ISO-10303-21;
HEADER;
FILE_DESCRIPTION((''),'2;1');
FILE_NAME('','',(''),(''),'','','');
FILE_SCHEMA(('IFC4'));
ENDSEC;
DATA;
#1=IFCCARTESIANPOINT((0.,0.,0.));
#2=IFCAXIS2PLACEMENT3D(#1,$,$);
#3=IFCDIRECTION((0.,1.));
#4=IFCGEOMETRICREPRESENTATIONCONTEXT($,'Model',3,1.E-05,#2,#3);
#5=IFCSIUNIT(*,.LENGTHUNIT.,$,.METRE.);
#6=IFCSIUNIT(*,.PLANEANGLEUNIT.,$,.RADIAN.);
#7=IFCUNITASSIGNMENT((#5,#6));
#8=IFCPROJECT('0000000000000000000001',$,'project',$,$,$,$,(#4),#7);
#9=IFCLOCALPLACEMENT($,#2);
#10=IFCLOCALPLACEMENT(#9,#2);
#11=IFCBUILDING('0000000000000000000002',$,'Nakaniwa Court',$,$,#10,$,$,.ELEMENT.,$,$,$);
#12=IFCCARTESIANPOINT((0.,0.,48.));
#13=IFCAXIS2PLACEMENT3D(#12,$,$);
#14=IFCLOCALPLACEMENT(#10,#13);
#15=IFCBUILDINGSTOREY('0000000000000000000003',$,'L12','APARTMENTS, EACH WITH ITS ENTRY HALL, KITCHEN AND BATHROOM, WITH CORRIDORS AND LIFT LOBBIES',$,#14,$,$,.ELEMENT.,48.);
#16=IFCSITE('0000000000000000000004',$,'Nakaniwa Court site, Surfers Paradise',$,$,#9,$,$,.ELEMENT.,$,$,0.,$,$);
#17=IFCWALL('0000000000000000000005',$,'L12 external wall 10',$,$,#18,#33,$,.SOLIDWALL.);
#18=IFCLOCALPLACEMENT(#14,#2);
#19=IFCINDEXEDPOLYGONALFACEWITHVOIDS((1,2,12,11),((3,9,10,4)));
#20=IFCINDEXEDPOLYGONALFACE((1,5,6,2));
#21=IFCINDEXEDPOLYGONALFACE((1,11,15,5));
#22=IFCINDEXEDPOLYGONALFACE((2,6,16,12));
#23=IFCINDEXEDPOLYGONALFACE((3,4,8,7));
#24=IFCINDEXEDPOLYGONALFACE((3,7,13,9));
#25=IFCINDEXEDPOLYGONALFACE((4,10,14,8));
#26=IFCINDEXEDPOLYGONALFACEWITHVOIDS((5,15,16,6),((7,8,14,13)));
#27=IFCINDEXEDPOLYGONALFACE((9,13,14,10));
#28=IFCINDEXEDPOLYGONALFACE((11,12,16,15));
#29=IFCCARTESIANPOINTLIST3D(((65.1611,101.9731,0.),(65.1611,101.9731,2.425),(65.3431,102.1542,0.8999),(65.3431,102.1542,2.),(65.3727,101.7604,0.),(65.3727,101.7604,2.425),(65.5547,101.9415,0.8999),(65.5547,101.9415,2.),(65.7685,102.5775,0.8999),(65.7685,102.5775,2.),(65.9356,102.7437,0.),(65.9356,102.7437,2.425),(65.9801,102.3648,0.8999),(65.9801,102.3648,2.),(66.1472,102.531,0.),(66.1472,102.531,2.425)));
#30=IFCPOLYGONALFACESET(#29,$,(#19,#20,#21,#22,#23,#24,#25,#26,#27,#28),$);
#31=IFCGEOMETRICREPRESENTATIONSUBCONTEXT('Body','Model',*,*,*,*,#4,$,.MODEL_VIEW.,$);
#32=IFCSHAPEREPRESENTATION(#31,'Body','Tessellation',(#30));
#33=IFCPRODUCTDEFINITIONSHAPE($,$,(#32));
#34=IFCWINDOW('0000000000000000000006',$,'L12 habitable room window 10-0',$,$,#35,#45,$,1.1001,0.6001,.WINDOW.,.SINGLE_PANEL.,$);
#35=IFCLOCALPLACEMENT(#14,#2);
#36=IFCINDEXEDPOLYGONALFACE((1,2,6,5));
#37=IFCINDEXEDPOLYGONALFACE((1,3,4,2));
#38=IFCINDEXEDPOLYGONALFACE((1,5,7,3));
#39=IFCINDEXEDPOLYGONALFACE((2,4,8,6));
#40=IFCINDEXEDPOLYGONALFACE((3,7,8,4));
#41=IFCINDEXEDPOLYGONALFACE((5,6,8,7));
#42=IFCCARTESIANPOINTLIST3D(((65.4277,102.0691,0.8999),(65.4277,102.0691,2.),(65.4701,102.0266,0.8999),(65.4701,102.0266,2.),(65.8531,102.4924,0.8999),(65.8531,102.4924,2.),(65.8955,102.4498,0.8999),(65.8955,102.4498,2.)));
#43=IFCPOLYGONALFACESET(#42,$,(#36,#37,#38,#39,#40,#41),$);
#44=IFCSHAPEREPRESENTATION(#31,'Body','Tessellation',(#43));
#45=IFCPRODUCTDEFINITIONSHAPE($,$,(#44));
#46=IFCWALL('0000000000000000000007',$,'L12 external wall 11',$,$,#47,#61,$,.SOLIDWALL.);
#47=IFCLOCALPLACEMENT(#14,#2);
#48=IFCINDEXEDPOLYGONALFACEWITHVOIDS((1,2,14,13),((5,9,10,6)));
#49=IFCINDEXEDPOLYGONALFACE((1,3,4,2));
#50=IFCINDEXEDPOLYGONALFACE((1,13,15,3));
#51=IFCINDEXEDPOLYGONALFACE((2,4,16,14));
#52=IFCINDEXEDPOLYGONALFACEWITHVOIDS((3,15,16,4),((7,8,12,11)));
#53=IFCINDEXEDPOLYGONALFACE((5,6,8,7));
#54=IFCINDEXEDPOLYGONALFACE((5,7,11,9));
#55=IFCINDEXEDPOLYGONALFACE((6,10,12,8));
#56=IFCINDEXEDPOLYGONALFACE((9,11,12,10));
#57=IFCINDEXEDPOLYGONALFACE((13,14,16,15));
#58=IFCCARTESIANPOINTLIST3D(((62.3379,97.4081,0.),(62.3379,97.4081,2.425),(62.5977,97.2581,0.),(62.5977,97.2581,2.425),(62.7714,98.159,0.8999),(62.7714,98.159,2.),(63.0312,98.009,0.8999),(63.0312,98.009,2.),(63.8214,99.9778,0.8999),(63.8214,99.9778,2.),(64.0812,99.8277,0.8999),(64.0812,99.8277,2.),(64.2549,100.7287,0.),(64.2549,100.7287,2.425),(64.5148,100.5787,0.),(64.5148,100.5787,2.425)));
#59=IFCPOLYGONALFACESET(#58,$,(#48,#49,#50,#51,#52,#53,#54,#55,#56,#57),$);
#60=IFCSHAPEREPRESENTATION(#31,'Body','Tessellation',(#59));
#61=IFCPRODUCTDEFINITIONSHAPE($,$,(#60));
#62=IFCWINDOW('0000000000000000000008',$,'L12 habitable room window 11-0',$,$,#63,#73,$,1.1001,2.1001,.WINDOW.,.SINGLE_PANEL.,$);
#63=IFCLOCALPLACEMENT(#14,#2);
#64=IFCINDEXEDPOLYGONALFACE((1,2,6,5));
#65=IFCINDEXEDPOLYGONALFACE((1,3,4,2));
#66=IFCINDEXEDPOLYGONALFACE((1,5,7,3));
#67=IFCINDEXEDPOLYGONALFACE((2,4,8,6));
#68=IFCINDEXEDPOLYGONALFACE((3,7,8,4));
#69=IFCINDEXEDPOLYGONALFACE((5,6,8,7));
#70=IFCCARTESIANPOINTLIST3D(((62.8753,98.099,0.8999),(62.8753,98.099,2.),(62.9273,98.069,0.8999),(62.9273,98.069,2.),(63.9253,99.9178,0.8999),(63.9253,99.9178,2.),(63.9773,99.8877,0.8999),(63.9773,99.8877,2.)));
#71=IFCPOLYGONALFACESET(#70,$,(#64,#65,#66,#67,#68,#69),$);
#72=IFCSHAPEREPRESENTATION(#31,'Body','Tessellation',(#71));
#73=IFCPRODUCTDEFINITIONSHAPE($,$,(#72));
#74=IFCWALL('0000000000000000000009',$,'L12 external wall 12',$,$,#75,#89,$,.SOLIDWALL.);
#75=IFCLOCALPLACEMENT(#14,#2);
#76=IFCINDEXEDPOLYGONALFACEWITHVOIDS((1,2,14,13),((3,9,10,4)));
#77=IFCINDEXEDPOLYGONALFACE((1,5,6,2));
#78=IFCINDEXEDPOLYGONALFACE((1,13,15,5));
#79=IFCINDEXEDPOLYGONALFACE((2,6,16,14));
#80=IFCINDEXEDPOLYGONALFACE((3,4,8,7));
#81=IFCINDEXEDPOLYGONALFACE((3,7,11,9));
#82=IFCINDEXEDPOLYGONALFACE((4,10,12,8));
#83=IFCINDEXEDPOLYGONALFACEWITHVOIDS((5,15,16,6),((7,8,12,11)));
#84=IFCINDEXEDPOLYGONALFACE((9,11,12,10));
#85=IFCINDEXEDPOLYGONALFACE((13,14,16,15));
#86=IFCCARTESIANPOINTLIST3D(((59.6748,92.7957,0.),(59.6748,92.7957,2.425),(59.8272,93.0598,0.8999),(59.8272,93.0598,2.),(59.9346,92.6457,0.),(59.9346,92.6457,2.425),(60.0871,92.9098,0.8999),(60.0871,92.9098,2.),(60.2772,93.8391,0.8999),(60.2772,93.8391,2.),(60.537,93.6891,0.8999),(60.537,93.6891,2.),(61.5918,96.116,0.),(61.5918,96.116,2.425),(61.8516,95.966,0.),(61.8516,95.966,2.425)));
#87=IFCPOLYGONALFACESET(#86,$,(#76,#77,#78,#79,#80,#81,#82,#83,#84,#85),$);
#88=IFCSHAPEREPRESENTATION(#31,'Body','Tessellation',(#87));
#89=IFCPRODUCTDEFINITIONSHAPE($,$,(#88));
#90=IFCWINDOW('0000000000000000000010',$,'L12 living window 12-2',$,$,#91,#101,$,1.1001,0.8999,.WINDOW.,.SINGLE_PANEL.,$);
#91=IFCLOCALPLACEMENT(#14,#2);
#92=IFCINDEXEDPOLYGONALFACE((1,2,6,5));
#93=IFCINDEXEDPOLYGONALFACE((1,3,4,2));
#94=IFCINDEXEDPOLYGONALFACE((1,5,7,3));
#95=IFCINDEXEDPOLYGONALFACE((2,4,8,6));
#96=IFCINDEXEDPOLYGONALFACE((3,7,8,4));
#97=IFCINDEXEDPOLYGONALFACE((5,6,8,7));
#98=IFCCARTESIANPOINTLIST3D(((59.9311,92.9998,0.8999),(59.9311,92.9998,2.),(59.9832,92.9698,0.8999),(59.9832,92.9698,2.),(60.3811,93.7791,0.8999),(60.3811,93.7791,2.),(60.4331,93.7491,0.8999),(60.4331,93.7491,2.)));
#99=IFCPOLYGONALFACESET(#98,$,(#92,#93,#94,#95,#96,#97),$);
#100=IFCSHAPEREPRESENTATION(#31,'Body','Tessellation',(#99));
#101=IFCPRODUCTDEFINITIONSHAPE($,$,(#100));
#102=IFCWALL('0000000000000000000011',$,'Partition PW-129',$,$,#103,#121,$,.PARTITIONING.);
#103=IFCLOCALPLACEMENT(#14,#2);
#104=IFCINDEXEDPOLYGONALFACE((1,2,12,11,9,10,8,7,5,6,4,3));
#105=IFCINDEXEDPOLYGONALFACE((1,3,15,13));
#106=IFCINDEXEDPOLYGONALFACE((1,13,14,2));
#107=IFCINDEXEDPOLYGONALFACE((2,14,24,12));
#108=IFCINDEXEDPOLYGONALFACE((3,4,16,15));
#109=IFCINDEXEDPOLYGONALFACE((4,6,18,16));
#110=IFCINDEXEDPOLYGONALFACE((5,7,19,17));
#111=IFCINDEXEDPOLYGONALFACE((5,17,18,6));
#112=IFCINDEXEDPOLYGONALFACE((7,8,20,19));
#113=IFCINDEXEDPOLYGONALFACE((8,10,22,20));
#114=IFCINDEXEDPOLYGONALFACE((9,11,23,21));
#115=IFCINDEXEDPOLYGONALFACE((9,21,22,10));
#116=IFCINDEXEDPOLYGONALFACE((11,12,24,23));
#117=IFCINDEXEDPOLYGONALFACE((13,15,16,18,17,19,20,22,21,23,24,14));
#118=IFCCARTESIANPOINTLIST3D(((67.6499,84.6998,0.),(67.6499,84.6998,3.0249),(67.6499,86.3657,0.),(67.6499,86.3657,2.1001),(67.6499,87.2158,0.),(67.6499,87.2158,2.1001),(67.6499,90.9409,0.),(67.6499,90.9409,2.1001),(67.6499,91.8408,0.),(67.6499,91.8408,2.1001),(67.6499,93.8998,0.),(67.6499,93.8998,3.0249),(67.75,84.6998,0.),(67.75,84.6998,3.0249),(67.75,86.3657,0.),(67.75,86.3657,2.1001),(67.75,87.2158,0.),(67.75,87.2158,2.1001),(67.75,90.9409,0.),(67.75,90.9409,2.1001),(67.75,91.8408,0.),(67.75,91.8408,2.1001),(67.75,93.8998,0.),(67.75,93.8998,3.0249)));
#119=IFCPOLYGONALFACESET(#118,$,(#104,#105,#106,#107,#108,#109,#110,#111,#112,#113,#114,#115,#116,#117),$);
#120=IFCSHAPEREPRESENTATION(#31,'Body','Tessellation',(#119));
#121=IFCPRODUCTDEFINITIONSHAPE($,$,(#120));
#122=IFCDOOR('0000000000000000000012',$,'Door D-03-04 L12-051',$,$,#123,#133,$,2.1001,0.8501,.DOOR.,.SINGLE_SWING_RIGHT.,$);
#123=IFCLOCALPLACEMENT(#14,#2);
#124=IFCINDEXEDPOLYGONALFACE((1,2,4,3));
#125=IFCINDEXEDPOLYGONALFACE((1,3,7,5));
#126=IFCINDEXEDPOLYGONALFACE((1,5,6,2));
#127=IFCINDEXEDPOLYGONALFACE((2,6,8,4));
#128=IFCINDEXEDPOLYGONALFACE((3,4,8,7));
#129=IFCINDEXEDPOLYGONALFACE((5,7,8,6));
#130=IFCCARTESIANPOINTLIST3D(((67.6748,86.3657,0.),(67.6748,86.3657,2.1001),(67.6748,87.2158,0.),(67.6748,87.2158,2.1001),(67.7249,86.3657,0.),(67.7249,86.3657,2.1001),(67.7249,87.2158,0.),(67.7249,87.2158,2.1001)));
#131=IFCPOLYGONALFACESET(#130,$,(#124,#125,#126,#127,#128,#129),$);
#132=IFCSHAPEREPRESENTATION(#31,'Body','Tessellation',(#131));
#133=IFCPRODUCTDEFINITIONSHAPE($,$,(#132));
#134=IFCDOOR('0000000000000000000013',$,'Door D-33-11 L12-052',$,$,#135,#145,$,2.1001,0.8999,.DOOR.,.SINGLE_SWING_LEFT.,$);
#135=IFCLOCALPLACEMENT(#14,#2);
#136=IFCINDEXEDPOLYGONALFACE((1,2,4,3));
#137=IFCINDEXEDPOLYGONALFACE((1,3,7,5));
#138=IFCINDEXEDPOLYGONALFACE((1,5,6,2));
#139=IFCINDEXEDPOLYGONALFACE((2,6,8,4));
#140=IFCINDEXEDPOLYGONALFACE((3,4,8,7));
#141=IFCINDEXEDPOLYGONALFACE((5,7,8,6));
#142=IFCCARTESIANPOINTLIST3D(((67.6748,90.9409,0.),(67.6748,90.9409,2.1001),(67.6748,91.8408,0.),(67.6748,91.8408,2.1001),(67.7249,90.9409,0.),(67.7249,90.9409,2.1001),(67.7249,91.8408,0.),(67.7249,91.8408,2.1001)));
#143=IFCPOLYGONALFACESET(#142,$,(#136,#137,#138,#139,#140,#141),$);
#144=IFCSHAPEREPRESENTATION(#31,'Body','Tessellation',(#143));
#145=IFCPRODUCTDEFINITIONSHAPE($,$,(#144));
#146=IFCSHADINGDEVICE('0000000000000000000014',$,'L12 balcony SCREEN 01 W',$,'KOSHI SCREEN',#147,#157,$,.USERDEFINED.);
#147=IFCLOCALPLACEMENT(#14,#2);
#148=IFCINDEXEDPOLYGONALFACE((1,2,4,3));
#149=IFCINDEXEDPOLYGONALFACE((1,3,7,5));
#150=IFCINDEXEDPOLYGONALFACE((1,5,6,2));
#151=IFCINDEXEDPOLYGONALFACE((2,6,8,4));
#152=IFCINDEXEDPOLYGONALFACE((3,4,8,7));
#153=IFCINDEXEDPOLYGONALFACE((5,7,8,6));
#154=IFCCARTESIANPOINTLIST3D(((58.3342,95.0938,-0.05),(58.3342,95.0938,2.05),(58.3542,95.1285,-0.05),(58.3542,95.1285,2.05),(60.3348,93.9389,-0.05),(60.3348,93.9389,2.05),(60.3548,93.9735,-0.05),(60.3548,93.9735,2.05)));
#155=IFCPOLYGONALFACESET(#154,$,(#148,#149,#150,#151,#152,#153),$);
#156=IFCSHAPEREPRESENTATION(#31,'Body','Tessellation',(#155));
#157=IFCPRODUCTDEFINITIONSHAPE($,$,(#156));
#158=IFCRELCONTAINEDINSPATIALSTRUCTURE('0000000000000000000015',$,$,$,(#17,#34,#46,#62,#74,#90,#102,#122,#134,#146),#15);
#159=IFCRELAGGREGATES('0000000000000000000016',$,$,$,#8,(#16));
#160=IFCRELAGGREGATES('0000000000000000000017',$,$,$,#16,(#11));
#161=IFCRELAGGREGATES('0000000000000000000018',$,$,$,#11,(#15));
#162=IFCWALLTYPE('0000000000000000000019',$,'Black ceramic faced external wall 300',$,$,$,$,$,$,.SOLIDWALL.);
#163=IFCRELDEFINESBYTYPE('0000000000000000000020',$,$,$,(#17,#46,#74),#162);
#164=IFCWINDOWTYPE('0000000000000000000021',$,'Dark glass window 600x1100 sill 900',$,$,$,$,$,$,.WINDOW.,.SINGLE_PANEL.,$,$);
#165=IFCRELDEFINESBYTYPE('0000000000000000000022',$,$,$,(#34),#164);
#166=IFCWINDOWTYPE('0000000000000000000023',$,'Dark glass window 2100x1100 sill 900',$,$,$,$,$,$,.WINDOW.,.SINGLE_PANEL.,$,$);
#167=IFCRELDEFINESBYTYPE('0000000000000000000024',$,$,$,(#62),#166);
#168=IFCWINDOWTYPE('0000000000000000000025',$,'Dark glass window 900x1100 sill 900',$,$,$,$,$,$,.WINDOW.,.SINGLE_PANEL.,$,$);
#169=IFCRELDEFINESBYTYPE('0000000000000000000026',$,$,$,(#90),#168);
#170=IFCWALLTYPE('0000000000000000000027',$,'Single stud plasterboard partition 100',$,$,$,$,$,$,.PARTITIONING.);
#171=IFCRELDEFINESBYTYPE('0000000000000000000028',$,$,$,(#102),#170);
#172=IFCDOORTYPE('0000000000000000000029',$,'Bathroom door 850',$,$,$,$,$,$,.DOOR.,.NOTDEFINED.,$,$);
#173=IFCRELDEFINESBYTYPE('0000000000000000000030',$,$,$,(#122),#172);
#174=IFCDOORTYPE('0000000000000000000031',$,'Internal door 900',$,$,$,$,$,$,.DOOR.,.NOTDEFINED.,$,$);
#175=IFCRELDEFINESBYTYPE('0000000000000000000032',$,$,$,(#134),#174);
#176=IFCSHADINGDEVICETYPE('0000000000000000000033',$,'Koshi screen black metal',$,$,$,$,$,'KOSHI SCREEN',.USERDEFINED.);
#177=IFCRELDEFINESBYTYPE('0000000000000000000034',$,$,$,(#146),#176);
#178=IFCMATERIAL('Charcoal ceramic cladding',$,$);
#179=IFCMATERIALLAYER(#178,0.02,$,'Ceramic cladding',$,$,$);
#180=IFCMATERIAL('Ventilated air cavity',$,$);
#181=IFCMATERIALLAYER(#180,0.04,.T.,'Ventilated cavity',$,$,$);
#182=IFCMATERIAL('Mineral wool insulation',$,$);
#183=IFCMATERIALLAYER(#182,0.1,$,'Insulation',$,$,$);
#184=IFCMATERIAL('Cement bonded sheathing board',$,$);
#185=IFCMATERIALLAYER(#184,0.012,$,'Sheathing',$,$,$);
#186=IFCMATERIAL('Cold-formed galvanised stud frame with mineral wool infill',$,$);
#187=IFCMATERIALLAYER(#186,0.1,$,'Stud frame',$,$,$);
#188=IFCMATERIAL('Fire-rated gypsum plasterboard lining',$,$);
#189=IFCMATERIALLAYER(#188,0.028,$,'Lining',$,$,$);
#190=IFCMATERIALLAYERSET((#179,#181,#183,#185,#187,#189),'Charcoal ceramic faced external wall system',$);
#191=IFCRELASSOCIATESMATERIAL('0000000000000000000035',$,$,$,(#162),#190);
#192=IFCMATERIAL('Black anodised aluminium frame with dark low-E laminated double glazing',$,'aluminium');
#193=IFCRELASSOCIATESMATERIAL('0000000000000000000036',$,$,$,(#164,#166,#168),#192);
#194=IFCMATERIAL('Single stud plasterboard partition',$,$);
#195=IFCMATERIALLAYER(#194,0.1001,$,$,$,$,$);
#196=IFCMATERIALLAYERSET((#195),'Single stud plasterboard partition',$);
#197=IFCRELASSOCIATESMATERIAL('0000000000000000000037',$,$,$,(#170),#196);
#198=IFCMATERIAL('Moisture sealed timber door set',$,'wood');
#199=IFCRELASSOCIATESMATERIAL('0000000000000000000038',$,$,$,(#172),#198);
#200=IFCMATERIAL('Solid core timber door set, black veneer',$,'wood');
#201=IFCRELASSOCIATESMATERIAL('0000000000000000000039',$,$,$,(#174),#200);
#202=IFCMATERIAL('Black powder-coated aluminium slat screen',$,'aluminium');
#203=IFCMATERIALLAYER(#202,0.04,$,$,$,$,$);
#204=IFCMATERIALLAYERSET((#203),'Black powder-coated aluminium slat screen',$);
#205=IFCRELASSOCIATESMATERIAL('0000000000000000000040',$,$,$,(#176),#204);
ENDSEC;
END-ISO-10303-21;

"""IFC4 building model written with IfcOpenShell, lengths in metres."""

from ifc_helpers import new_model, si_unit, direction, frame, frame_2d, origin, origin_2d, place, context, subcontext, project, spatial, rectangle, extrude, material, layer, layer_set, type_object, element, fill, save


model = new_model("IFC4")

# Units and contexts
model_context = context("Model", 3, precision=1e-05, world=origin(), true_north=direction((0.0, 1.0)))
body_context = subcontext(model_context, "Body", "Model", "MODEL_VIEW")
ifc_project = project(units=[si_unit("LENGTHUNIT", "METRE"), si_unit("PLANEANGLEUNIT", "RADIAN")], contexts=[model_context])

# Site, building, storey
site_placement = place(None, origin())
site = spatial("IfcSite", under=ifc_project, at=site_placement, Name="Nakaniwa Court site, Surfers Paradise", CompositionType="ELEMENT", RefElevation=0.0)
building_placement = place(site_placement, origin())
building = spatial("IfcBuilding", under=site, at=building_placement, Name="Nakaniwa Court", CompositionType="ELEMENT")
storey_placement = place(building_placement, frame((0.0, 0.0, 48.0)))
storey = spatial("IfcBuildingStorey", under=building, at=storey_placement, Name="L12", Description="APARTMENTS, EACH WITH ITS ENTRY HALL, KITCHEN AND BATHROOM, WITH CORRIDORS AND LIFT LOBBIES", CompositionType="ELEMENT", Elevation=48.0)

# Walls, openings, windows
ifc_material_1 = material(Name="Charcoal ceramic cladding")
ifc_layer_1 = layer(ifc_material_1, 0.02, Name="Ceramic cladding")
ifc_material_2 = material(Name="Ventilated air cavity")
ifc_layer_2 = layer(ifc_material_2, 0.04, ventilated=True, Name="Ventilated cavity")
ifc_material_3 = material(Name="Mineral wool insulation")
ifc_layer_3 = layer(ifc_material_3, 0.1, Name="Insulation")
ifc_material_4 = material(Name="Cement bonded sheathing board")
ifc_layer_4 = layer(ifc_material_4, 0.012, Name="Sheathing")
ifc_material_5 = material(Name="Cold-formed galvanised stud frame with mineral wool infill")
ifc_layer_5 = layer(ifc_material_5, 0.1, Name="Stud frame")
ifc_material_6 = material(Name="Fire-rated gypsum plasterboard lining")
ifc_layer_6 = layer(ifc_material_6, 0.028, Name="Lining")
ifc_layer_set_1 = layer_set([ifc_layer_1, ifc_layer_2, ifc_layer_3, ifc_layer_4, ifc_layer_5, ifc_layer_6], Name="Charcoal ceramic faced external wall system")
wall_type_1 = type_object("IfcWallType", Name="Black ceramic faced external wall 300", PredefinedType="SOLIDWALL", material=ifc_layer_set_1)
ifc_material_7 = material(Name="Black anodised aluminium frame with dark low-E laminated double glazing", Category="aluminium")
window_type_1 = type_object("IfcWindowType", Name="Dark glass window 600x1100 sill 900", PartitioningType="SINGLE_PANEL", PredefinedType="WINDOW", material=ifc_material_7)
wall_1_placement = place(storey_placement, frame((66.0415, 102.6375, 0.0), z_axis=(0.0, 0.0, 1.0), x_axis=(-0.708892, -0.705317, 0.0)))
wall_1 = element("IfcWall", 1, at=wall_1_placement, inside=storey, type_object=wall_type_1, Name="L12 external wall 10", PredefinedType="SOLIDWALL", context=body_context, shape_type="SweptSolid", body=[
    extrude(rectangle(XDim=1.0925, YDim=0.3, at=frame_2d((0.5464, 0.0))), origin(), (0.0, 0.0, 1.0), 2.425),
])
opening_1_placement = place(wall_1_placement, frame((0.2358, 0.0, 0.8999)))
opening_1 = element("IfcOpeningElement", 2, at=opening_1_placement, cuts=wall_1, PredefinedType="OPENING", context=body_context, shape_type="SweptSolid", body=[
    extrude(rectangle(XDim=0.6001, YDim=1.1001, at=frame_2d((0.3, 0.55))), frame((0.0, 0.1599, 0.0), z_axis=(0.0, -1.0, 0.0), x_axis=(1.0, 0.0, 0.0)), (0.0, 0.0, 1.0), 0.3201),
])
window_1_placement = place(opening_1_placement, origin())
window_1 = element("IfcWindow", 3, at=window_1_placement, inside=storey, type_object=window_type_1, Name="L12 habitable room window 10-0", OverallHeight=1.1001, OverallWidth=0.6001, PartitioningType="SINGLE_PANEL", PredefinedType="WINDOW", context=body_context, shape_type="SweptSolid", body=[
    extrude(rectangle(XDim=0.6001, YDim=1.1001, at=frame_2d((0.3, 0.55))), frame((0.0, 0.03, 0.0), z_axis=(0.0, -1.0, 0.0), x_axis=(1.0, 0.0, 0.0)), (0.0, 0.0, 1.0), 0.0601),
])
fill(opening_1, window_1)
wall_2_placement = place(storey_placement, frame((64.3848, 100.6536, 0.0), z_axis=(0.0, 0.0, 1.0), x_axis=(-0.499974, -0.86604, 0.0)))
wall_2 = element("IfcWall", 4, at=wall_2_placement, inside=storey, type_object=wall_type_1, Name="L12 external wall 11", PredefinedType="SOLIDWALL", context=body_context, shape_type="SweptSolid", body=[
    extrude(rectangle(XDim=3.8342, YDim=0.3, at=frame_2d((1.917, 0.0))), origin(), (0.0, 0.0, 1.0), 2.425),
])
opening_2_placement = place(wall_2_placement, frame((0.8669, 0.0, 0.8999)))
opening_2 = element("IfcOpeningElement", 5, at=opening_2_placement, cuts=wall_2, PredefinedType="OPENING", context=body_context, shape_type="SweptSolid", body=[
    extrude(rectangle(XDim=2.1001, YDim=1.1001, at=frame_2d((1.05, 0.55))), frame((0.0, 0.1599, 0.0), z_axis=(0.0, -1.0, 0.0), x_axis=(1.0, 0.0, 0.0)), (0.0, 0.0, 1.0), 0.3201),
])
window_type_2 = type_object("IfcWindowType", Name="Dark glass window 2100x1100 sill 900", PartitioningType="SINGLE_PANEL", PredefinedType="WINDOW", material=ifc_material_7)
window_2_placement = place(opening_2_placement, origin())
window_2 = element("IfcWindow", 6, at=window_2_placement, inside=storey, type_object=window_type_2, Name="L12 habitable room window 11-0", OverallHeight=1.1001, OverallWidth=2.1001, PartitioningType="SINGLE_PANEL", PredefinedType="WINDOW", context=body_context, shape_type="SweptSolid", body=[
    extrude(rectangle(XDim=2.1001, YDim=1.1001, at=frame_2d((1.05, 0.55))), frame((0.0, 0.03, 0.0), z_axis=(0.0, -1.0, 0.0), x_axis=(1.0, 0.0, 0.0)), (0.0, 0.0, 1.0), 0.0601),
])
fill(opening_2, window_2)
wall_3_placement = place(storey_placement, frame((61.7217, 96.041, 0.0), z_axis=(0.0, 0.0, 1.0), x_axis=(-0.500002, -0.866024, 0.0)))
wall_3 = element("IfcWall", 7, at=wall_3_placement, inside=storey, type_object=wall_type_1, Name="L12 external wall 12", PredefinedType="SOLIDWALL", context=body_context, shape_type="SweptSolid", body=[
    extrude(rectangle(XDim=3.834, YDim=0.3, at=frame_2d((1.917, 0.0))), origin(), (0.0, 0.0, 1.0), 2.425),
])
opening_3_placement = place(wall_3_placement, frame((2.6292, 0.0, 0.8999)))
opening_3 = element("IfcOpeningElement", 8, at=opening_3_placement, cuts=wall_3, PredefinedType="OPENING", context=body_context, shape_type="SweptSolid", body=[
    extrude(rectangle(XDim=0.8999, YDim=1.1001, at=frame_2d((0.45, 0.55))), frame((0.0, 0.1599, 0.0), z_axis=(0.0, -1.0, 0.0), x_axis=(1.0, 0.0, 0.0)), (0.0, 0.0, 1.0), 0.3201),
])
window_type_3 = type_object("IfcWindowType", Name="Dark glass window 900x1100 sill 900", PartitioningType="SINGLE_PANEL", PredefinedType="WINDOW", material=ifc_material_7)
window_3_placement = place(opening_3_placement, origin())
window_3 = element("IfcWindow", 9, at=window_3_placement, inside=storey, type_object=window_type_3, Name="L12 living window 12-2", OverallHeight=1.1001, OverallWidth=0.8999, PartitioningType="SINGLE_PANEL", PredefinedType="WINDOW", context=body_context, shape_type="SweptSolid", body=[
    extrude(rectangle(XDim=0.8999, YDim=1.1001, at=frame_2d((0.45, 0.55))), frame((0.0, 0.03, 0.0), z_axis=(0.0, -1.0, 0.0), x_axis=(1.0, 0.0, 0.0)), (0.0, 0.0, 1.0), 0.0601),
])
fill(opening_3, window_3)

# Wall, openings, doors
ifc_material_8 = material(Name="Single stud plasterboard partition")
ifc_layer_7 = layer(ifc_material_8, 0.1001)
ifc_layer_set_2 = layer_set([ifc_layer_7], Name="Single stud plasterboard partition")
wall_type_2 = type_object("IfcWallType", Name="Single stud plasterboard partition 100", PredefinedType="PARTITIONING", material=ifc_layer_set_2)
wall_4_placement = place(storey_placement, frame((67.7, 93.8999, 0.0), z_axis=(0.0, 0.0, 1.0), x_axis=(0.0, -1.0, 0.0)))
wall_4 = element("IfcWall", 10, at=wall_4_placement, inside=storey, type_object=wall_type_2, Name="Partition PW-129", PredefinedType="PARTITIONING", context=body_context, shape_type="SweptSolid", body=[
    extrude(rectangle(XDim=9.2, YDim=0.1001, at=frame_2d((4.6001, 0.0))), origin(), (0.0, 0.0, 1.0), 3.0249),
])
opening_4_placement = place(wall_4_placement, frame((6.6841, 0.0, 0.0)))
opening_4 = element("IfcOpeningElement", 11, at=opening_4_placement, cuts=wall_4, PredefinedType="OPENING", context=body_context, shape_type="SweptSolid", body=[
    extrude(rectangle(XDim=0.8501, YDim=2.1001, at=frame_2d((0.425, 1.05))), frame((0.0, 0.0601, 0.0), z_axis=(0.0, -1.0, 0.0), x_axis=(1.0, 0.0, 0.0)), (0.0, 0.0, 1.0), 0.1201),
])
opening_5_placement = place(wall_4_placement, frame((2.0591, 0.0, 0.0)))
opening_5 = element("IfcOpeningElement", 12, at=opening_5_placement, cuts=wall_4, PredefinedType="OPENING", context=body_context, shape_type="SweptSolid", body=[
    extrude(rectangle(XDim=0.8999, YDim=2.1001, at=frame_2d((0.45, 1.05))), frame((0.0, 0.0601, 0.0), z_axis=(0.0, -1.0, 0.0), x_axis=(1.0, 0.0, 0.0)), (0.0, 0.0, 1.0), 0.1201),
])
ifc_material_9 = material(Name="Moisture sealed timber door set", Category="wood")
door_type_1 = type_object("IfcDoorType", Name="Bathroom door 850", OperationType="NOTDEFINED", PredefinedType="DOOR", material=ifc_material_9)
door_1_placement = place(opening_4_placement, origin())
door_1 = element("IfcDoor", 13, at=door_1_placement, inside=storey, type_object=door_type_1, Name="Door D-03-04 L12-051", OperationType="SINGLE_SWING_RIGHT", OverallHeight=2.1001, OverallWidth=0.8501, PredefinedType="DOOR", context=body_context, shape_type="SweptSolid", body=[
    extrude(rectangle(XDim=0.8501, YDim=2.1001, at=frame_2d((0.425, 1.05))), frame((0.0, 0.0249, 0.0), z_axis=(0.0, -1.0, 0.0), x_axis=(1.0, 0.0, 0.0)), (0.0, 0.0, 1.0), 0.05),
])
fill(opening_4, door_1)
ifc_material_10 = material(Name="Solid core timber door set, black veneer", Category="wood")
door_type_2 = type_object("IfcDoorType", Name="Internal door 900", OperationType="NOTDEFINED", PredefinedType="DOOR", material=ifc_material_10)
door_2_placement = place(opening_5_placement, origin())
door_2 = element("IfcDoor", 14, at=door_2_placement, inside=storey, type_object=door_type_2, Name="Door D-33-11 L12-052", OperationType="SINGLE_SWING_LEFT", OverallHeight=2.1001, OverallWidth=0.8999, PredefinedType="DOOR", context=body_context, shape_type="SweptSolid", body=[
    extrude(rectangle(XDim=0.8999, YDim=2.1001, at=frame_2d((0.45, 1.05))), frame((0.0, 0.0249, 0.0), z_axis=(0.0, -1.0, 0.0), x_axis=(1.0, 0.0, 0.0)), (0.0, 0.0, 1.0), 0.05),
])
fill(opening_5, door_2)

# Shading device
ifc_material_11 = material(Name="Black powder-coated aluminium slat screen", Category="aluminium")
ifc_layer_8 = layer(ifc_material_11, 0.04)
ifc_layer_set_3 = layer_set([ifc_layer_8], Name="Black powder-coated aluminium slat screen")
shading_device_type_1 = type_object("IfcShadingDeviceType", Name="Koshi screen black metal", ElementType="KOSHI SCREEN", PredefinedType="USERDEFINED", material=ifc_layer_set_3)
shading_device_placement = place(storey_placement, frame((59.3445, 94.5337, -0.05), z_axis=(0.0, 0.0, 1.0), x_axis=(-0.499974, -0.86604, 0.0)))
element("IfcShadingDevice", 15, at=shading_device_placement, inside=storey, type_object=shading_device_type_1, Name="L12 balcony SCREEN 01 W", ObjectType="KOSHI SCREEN", PredefinedType="USERDEFINED", context=body_context, shape_type="SweptSolid", body=[
    extrude(rectangle(XDim=0.04, YDim=2.3101, at=origin_2d()), origin(), (0.0, 0.0, 1.0), 2.1001),
])

save(model, "model.ifc")
